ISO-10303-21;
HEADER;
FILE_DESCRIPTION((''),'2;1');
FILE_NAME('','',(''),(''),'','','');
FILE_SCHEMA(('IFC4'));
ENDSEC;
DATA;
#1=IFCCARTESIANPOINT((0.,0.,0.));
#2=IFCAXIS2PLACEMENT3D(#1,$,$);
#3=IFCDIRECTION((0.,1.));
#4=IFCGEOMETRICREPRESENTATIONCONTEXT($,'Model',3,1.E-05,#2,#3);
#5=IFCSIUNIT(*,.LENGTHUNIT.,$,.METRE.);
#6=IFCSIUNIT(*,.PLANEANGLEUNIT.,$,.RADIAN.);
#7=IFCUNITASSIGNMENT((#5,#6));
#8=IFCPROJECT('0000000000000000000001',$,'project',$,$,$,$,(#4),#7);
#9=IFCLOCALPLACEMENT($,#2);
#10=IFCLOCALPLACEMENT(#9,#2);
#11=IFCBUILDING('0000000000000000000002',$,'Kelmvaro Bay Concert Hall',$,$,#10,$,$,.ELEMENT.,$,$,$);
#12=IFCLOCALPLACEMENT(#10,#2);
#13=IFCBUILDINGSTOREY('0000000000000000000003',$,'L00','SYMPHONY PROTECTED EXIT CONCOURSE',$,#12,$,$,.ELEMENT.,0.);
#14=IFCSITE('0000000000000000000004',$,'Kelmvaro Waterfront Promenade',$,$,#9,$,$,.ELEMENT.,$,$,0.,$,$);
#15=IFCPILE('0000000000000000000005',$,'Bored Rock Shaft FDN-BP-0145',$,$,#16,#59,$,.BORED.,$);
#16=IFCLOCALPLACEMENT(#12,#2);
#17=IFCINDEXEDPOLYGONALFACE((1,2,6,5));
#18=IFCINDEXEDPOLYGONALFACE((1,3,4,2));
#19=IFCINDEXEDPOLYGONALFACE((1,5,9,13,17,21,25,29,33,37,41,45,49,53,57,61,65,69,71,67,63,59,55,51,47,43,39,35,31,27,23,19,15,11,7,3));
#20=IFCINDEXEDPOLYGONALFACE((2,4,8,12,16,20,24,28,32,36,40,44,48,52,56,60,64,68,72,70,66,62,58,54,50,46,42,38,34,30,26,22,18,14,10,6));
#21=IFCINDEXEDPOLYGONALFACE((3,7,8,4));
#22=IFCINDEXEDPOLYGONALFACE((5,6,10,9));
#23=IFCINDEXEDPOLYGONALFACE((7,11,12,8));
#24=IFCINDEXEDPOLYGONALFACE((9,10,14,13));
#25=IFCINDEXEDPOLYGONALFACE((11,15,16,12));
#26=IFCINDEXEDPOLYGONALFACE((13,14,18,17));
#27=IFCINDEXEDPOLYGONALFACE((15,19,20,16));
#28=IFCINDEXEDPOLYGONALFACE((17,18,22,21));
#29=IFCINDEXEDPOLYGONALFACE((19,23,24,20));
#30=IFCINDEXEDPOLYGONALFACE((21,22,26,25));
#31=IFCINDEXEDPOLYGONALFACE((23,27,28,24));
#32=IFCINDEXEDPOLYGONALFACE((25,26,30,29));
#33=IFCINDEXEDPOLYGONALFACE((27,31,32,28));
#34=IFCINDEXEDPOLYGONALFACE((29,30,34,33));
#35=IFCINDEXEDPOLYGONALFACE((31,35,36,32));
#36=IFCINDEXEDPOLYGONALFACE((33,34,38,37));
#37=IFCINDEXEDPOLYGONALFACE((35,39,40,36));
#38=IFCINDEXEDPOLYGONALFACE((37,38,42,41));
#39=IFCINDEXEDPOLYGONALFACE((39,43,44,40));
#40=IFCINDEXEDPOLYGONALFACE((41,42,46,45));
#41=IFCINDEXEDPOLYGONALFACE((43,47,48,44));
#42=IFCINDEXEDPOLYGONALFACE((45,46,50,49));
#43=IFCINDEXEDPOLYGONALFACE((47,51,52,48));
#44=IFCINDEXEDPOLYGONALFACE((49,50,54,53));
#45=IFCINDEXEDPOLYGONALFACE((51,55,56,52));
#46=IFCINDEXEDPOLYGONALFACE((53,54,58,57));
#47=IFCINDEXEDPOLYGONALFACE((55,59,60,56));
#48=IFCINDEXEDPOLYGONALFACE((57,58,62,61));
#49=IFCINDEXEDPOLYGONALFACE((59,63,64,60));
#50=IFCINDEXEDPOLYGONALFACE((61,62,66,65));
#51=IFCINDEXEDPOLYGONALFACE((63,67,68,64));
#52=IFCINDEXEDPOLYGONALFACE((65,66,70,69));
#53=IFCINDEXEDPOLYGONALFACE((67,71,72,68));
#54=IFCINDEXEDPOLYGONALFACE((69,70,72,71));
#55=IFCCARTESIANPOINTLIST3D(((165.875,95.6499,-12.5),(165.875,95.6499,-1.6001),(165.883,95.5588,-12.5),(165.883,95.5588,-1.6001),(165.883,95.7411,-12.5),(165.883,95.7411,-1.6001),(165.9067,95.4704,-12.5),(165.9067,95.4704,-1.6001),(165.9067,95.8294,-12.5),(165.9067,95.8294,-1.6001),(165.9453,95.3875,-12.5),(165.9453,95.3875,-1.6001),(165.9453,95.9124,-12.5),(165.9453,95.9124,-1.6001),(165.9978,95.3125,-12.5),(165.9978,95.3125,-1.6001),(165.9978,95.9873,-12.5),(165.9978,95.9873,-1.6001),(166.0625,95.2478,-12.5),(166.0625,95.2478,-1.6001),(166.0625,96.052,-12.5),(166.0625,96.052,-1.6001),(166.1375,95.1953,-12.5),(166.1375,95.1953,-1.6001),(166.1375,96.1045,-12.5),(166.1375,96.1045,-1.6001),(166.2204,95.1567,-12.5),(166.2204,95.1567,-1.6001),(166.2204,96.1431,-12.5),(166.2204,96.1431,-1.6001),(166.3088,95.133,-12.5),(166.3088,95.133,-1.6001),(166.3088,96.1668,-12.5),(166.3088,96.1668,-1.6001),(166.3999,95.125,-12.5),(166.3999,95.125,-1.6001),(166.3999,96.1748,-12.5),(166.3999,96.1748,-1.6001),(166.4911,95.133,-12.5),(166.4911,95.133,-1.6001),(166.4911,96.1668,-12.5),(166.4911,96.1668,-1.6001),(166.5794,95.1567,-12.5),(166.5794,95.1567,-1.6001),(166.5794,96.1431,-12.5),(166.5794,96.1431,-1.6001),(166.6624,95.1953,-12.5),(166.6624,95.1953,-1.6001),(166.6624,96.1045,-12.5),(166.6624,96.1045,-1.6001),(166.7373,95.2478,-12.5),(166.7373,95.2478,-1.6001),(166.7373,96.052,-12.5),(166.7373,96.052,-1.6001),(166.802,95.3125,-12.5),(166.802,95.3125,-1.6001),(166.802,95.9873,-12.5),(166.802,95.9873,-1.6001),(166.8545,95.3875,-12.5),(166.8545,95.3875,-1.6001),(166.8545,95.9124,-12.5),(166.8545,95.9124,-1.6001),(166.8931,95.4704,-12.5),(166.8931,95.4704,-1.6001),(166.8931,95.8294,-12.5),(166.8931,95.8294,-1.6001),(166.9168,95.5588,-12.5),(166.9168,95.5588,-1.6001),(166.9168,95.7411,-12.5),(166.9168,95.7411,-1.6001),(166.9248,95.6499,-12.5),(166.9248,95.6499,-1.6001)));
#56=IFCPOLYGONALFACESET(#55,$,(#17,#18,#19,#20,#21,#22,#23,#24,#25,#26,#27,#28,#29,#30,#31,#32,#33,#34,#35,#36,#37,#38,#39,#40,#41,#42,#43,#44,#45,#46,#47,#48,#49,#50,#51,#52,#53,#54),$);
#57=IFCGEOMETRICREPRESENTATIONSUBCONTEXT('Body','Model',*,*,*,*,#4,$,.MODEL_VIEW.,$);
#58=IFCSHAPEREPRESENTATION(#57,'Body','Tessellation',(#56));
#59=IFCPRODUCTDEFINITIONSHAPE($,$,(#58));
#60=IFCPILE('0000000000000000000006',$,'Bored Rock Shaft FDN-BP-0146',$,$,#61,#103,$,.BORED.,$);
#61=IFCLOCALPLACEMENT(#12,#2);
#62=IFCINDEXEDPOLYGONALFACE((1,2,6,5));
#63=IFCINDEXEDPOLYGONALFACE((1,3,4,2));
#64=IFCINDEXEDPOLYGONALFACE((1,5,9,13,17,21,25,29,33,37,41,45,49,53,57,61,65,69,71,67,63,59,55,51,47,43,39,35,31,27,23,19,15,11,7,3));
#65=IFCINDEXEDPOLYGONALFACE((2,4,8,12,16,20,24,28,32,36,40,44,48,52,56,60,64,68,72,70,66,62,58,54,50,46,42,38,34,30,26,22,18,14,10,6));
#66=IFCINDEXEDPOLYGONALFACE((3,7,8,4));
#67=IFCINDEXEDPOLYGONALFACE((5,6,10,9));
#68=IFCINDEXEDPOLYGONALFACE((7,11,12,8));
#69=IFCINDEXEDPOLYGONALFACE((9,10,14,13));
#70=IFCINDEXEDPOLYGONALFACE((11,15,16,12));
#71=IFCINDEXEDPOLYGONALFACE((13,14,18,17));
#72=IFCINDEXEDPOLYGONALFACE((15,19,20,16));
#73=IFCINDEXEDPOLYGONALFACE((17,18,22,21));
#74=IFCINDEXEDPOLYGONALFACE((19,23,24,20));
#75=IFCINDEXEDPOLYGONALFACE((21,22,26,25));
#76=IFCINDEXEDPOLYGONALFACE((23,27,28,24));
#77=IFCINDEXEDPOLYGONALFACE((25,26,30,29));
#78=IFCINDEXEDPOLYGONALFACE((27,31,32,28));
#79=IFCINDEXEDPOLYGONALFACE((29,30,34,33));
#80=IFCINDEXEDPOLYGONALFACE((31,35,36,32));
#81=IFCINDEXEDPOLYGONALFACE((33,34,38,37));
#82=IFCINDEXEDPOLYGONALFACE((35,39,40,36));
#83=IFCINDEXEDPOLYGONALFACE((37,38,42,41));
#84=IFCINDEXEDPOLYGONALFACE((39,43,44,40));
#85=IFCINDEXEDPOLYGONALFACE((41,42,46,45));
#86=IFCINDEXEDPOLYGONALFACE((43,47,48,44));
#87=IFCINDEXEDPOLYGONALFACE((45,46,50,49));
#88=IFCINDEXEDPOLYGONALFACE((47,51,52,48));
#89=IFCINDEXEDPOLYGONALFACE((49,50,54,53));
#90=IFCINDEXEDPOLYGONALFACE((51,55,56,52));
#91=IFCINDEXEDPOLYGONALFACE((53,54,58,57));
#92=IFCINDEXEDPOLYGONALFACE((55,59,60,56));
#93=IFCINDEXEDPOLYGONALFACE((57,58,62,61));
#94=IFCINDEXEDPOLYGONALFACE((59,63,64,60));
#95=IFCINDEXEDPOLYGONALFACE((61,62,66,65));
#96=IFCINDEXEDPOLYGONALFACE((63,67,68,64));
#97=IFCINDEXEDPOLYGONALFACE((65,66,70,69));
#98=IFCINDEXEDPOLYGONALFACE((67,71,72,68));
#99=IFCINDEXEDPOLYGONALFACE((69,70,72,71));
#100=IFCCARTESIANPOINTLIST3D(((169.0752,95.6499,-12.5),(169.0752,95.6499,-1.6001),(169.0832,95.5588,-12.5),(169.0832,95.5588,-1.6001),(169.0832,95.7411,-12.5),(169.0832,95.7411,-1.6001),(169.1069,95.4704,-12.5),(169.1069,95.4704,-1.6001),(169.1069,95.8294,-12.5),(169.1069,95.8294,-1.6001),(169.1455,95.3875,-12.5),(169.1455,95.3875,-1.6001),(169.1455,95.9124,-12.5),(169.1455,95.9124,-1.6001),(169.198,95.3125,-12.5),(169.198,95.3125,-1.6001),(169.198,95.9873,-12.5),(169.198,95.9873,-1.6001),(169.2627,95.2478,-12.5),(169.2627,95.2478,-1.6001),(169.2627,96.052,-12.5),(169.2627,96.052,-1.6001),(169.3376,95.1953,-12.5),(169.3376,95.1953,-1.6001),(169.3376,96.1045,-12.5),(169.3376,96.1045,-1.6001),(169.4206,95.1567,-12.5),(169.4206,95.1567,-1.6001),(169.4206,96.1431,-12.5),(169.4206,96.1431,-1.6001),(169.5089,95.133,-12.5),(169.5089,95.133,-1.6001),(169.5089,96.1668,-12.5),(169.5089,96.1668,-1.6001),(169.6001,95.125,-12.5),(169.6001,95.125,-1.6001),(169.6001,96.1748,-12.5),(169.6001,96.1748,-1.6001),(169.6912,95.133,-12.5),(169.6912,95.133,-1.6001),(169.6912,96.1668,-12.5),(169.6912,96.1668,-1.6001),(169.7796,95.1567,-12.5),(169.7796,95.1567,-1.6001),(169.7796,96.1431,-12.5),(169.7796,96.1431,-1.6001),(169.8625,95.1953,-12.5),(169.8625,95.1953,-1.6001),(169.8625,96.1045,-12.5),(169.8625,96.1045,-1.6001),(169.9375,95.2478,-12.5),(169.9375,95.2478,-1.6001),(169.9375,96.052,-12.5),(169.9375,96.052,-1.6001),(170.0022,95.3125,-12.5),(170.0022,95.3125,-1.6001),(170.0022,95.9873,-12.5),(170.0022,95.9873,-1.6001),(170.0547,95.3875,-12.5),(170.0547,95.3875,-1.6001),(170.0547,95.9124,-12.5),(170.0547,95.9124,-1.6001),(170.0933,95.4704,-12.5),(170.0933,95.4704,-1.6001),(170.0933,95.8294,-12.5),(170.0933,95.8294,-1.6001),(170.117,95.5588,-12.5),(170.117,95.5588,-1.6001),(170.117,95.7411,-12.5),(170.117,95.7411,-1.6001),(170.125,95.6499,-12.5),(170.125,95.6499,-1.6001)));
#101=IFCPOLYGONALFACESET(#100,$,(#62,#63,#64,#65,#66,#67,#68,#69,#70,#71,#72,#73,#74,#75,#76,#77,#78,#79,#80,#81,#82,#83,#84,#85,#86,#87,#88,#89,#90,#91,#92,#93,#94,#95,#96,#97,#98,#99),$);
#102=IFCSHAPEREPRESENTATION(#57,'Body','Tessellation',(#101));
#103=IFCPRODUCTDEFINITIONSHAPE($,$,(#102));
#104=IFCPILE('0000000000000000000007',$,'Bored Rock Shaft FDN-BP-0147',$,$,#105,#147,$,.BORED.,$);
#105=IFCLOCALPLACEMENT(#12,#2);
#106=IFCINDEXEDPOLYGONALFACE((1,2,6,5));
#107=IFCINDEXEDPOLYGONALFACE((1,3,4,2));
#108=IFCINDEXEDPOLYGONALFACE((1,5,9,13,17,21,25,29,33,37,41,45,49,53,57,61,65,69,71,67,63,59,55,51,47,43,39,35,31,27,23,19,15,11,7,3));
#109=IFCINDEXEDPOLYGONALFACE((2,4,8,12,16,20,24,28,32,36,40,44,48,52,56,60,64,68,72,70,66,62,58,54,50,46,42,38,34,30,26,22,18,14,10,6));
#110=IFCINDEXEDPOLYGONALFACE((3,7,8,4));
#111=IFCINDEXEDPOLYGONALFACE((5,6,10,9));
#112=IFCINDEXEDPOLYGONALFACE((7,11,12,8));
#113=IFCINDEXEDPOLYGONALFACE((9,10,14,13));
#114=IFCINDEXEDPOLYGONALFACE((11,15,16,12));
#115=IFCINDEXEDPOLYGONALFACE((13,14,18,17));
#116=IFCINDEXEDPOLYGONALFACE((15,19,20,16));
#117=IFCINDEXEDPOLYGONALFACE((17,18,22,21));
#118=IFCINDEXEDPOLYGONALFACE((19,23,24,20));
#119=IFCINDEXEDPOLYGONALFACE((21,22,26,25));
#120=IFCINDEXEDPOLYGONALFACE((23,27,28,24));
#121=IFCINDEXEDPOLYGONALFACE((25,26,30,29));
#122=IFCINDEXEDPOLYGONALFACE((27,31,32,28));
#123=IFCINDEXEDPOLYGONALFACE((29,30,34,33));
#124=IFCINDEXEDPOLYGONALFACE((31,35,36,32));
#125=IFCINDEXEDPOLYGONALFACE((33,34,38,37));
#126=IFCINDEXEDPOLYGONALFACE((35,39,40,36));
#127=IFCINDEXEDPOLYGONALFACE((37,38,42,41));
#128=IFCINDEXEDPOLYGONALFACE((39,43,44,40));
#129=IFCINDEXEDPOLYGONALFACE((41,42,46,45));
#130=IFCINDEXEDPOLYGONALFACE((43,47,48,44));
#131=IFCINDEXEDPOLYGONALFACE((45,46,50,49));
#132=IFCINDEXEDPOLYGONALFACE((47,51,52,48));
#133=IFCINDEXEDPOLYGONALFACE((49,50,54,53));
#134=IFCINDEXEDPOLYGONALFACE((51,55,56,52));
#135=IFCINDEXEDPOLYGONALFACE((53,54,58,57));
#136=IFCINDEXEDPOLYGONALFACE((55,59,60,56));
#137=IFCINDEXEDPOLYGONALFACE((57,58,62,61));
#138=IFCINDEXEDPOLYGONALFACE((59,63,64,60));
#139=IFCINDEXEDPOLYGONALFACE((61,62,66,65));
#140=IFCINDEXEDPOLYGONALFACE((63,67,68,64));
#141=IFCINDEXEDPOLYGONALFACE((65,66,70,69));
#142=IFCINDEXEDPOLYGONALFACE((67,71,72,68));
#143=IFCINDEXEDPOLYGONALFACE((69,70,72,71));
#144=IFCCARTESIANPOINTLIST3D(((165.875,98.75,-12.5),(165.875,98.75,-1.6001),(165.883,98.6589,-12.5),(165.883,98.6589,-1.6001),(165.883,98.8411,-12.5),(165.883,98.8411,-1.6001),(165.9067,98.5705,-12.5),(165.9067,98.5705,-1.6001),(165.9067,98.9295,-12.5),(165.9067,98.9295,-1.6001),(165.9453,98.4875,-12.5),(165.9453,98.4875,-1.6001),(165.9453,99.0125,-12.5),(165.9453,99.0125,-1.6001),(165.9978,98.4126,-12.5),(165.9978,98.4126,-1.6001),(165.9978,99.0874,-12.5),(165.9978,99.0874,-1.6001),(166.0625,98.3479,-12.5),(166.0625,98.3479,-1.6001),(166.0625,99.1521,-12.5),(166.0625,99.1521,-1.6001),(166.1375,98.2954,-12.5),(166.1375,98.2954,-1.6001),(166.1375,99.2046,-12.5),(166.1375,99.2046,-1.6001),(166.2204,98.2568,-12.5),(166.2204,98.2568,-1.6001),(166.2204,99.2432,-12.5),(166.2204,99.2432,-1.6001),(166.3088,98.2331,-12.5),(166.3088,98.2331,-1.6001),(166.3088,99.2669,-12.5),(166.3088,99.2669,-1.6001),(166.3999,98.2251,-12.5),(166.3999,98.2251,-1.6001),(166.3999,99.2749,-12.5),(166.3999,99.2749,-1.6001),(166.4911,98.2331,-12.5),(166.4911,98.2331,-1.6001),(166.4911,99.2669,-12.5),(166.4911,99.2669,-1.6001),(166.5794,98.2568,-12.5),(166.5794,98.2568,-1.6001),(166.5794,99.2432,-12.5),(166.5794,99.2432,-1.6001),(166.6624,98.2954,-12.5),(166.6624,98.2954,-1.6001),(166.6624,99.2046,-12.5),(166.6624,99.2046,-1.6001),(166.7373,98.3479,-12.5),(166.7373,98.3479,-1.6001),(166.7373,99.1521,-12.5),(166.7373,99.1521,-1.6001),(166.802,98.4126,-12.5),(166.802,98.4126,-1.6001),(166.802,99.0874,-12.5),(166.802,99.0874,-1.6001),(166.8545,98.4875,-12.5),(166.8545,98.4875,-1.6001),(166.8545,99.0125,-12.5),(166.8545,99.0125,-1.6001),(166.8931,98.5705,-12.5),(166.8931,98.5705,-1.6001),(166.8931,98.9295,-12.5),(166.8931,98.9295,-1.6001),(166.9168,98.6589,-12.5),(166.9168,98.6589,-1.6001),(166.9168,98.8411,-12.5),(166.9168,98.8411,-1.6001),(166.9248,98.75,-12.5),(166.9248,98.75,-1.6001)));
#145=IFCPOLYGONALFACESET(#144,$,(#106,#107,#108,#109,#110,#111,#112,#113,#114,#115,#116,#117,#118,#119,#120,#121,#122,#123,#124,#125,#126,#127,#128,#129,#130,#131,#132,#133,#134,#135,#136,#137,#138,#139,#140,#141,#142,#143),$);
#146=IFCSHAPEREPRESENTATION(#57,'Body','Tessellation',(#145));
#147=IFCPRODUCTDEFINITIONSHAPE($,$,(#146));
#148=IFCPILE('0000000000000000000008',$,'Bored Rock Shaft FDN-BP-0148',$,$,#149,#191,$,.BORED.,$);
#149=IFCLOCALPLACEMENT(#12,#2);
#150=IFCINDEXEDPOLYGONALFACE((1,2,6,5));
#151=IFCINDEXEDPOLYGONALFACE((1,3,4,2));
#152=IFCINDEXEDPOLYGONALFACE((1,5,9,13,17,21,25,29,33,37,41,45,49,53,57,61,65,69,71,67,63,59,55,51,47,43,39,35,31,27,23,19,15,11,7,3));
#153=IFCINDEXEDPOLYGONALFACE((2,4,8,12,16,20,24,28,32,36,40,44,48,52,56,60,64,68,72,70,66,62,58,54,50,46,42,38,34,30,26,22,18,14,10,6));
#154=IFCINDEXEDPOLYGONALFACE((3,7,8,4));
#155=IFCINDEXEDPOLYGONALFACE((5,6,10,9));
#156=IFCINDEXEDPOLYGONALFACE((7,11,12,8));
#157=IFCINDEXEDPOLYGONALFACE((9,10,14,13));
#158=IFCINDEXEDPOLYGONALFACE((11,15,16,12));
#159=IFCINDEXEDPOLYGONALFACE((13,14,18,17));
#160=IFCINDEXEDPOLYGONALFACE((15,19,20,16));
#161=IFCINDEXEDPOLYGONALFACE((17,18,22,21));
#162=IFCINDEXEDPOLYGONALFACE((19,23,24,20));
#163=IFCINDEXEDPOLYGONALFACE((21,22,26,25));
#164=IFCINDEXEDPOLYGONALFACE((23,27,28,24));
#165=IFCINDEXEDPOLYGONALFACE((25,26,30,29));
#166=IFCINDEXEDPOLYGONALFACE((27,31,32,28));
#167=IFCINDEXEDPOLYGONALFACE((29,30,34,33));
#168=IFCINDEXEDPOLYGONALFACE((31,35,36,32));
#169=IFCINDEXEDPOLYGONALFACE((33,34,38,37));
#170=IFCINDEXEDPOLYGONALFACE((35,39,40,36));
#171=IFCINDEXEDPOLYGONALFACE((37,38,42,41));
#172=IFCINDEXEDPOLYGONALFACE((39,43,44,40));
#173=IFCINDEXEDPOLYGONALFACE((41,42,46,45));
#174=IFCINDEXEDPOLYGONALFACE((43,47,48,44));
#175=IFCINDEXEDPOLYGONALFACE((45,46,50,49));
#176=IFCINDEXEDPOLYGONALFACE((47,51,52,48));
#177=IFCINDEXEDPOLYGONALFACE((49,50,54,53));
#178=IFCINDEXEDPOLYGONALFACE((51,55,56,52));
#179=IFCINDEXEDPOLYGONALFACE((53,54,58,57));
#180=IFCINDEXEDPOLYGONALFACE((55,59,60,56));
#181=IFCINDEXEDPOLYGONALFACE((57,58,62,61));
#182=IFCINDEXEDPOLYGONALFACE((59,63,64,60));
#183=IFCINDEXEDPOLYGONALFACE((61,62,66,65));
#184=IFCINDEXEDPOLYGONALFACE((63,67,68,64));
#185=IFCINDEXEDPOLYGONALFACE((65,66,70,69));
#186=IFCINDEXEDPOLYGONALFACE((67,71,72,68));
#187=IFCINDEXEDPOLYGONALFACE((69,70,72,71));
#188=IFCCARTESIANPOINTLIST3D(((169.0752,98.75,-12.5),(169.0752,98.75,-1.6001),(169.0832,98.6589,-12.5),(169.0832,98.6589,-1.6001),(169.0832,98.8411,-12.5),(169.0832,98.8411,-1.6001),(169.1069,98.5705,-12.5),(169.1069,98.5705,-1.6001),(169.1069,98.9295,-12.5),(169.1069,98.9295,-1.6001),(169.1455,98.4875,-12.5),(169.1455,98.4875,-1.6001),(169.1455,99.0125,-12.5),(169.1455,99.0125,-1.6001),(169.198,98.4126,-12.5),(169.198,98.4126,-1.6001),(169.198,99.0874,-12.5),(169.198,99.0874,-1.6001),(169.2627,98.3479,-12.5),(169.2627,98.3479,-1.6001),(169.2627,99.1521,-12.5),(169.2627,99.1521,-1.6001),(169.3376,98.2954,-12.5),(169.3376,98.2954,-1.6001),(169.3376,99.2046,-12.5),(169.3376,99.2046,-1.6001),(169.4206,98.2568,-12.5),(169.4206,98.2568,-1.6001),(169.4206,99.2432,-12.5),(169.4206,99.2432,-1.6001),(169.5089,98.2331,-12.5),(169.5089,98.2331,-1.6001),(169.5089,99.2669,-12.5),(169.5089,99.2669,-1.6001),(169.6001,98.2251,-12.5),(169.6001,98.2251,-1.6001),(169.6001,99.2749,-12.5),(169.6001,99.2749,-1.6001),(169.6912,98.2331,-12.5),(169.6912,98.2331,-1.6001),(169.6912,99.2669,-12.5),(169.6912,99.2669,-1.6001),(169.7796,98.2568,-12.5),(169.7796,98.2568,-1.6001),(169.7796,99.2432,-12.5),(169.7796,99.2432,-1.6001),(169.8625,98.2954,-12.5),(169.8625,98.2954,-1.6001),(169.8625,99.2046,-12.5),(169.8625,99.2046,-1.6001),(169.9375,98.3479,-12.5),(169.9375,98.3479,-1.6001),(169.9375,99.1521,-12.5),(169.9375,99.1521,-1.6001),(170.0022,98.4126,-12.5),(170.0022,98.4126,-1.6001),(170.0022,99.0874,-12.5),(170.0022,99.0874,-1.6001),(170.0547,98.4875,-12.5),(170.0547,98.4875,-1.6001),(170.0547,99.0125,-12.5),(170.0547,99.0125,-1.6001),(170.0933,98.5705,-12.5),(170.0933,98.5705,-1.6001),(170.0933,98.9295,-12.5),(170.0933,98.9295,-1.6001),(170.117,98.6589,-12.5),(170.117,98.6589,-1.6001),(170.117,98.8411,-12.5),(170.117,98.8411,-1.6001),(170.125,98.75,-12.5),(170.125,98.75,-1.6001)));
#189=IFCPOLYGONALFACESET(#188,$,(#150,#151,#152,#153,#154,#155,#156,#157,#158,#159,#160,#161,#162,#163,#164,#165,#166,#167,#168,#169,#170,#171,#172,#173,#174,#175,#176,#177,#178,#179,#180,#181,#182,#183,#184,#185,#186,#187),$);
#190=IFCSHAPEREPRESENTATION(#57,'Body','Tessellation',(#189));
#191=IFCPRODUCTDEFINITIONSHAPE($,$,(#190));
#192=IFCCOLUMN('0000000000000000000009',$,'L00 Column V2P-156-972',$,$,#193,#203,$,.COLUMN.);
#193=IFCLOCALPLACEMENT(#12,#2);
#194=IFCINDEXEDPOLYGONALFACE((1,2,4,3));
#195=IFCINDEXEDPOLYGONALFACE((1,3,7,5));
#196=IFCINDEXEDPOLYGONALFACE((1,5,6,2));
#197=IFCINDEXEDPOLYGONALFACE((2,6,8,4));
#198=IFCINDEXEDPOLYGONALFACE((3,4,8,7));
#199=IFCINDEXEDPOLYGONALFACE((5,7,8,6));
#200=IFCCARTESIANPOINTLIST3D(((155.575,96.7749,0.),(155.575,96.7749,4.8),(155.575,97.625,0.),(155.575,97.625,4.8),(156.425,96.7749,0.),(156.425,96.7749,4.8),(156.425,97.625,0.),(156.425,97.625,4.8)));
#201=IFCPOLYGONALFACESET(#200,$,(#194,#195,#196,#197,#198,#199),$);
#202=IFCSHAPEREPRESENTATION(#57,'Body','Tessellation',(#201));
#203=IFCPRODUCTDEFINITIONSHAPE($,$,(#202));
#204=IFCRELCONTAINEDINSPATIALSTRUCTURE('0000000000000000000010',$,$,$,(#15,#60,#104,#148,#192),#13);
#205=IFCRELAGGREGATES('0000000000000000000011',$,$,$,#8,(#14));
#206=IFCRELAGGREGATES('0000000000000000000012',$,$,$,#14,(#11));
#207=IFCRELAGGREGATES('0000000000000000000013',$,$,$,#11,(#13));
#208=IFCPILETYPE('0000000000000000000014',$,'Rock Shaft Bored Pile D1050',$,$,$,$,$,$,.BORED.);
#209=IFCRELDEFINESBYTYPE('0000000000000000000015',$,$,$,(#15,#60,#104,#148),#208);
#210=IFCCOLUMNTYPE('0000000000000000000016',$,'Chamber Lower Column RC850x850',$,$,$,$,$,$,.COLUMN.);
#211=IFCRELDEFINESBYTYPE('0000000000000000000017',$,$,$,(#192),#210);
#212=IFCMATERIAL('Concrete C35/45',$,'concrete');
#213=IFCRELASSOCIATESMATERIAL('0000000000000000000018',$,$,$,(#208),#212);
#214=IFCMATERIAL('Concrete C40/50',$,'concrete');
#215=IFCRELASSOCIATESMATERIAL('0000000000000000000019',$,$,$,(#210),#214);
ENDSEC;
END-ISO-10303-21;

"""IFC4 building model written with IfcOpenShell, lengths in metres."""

from ifc_helpers import new_model, si_unit, direction, frame, origin, origin_2d, place, context, subcontext, project, spatial, rectangle, circle, extrude, material, material_profile, profile_set, type_object, element, save


model = new_model("IFC4")

# Units and contexts
model_context = context("Model", 3, precision=1e-05, world=origin(), true_north=direction((0.0, 1.0)))
body_context = subcontext(model_context, "Body", "Model", "MODEL_VIEW")
ifc_project = project(units=[si_unit("LENGTHUNIT", "METRE"), si_unit("PLANEANGLEUNIT", "RADIAN")], contexts=[model_context])

# Site, building, storey
site_placement = place(None, origin())
site = spatial("IfcSite", under=ifc_project, at=site_placement, Name="Kelmvaro Waterfront Promenade", CompositionType="ELEMENT", RefElevation=0.0)
building_placement = place(site_placement, origin())
building = spatial("IfcBuilding", under=site, at=building_placement, Name="Kelmvaro Bay Concert Hall", CompositionType="ELEMENT")
storey_placement = place(building_placement, origin())
storey = spatial("IfcBuildingStorey", under=building, at=storey_placement, Name="L00", Description="SYMPHONY PROTECTED EXIT CONCOURSE", CompositionType="ELEMENT", Elevation=0.0)

# Piles
ifc_material_1 = material(Name="Concrete C35/45", Category="concrete")
ifc_material_profile_1 = material_profile(ifc_material_1, circle(Radius=0.5249, at=origin_2d()), Name="PILE-BORED-1050")
ifc_profile_set_1 = profile_set([ifc_material_profile_1], Name="Concrete C35/45")
pile_type = type_object("IfcPileType", Name="Rock Shaft Bored Pile D1050", PredefinedType="BORED", material=ifc_profile_set_1)
for number, where, z_axis, x_axis, name in (
    (1, (166.3999, 95.6499, -1.6001), (0.0, 0.0, -1.0), (1.0, 0.0, 0.0), "Bored Rock Shaft FDN-BP-0145"),
    (2, (169.6001, 95.6499, -1.6001), (0.0, 0.0, -1.0), (1.0, 0.0, 0.0), "Bored Rock Shaft FDN-BP-0146"),
    (3, (166.3999, 98.75, -1.6001), (0.0, 0.0, -1.0), (1.0, 0.0, 0.0), "Bored Rock Shaft FDN-BP-0147"),
    (4, (169.6001, 98.75, -1.6001), (0.0, 0.0, -1.0), (1.0, 0.0, 0.0), "Bored Rock Shaft FDN-BP-0148"),
):
    element("IfcPile", number, at=place(storey_placement, frame(where, z_axis=z_axis, x_axis=x_axis)), inside=storey, type_object=pile_type, Name=name, PredefinedType="BORED", context=body_context, shape_type="SweptSolid", body=[
        extrude(circle(Radius=0.5249, at=origin_2d()), origin(), (0.0, 0.0, 1.0), 10.8999),
    ])

# Column
ifc_material_2 = material(Name="Concrete C40/50", Category="concrete")
ifc_material_profile_2 = material_profile(ifc_material_2, rectangle(XDim=0.8501, YDim=0.8501, at=origin_2d()), Name="RC-COL-850X850")
ifc_profile_set_2 = profile_set([ifc_material_profile_2], Name="Concrete C40/50")
column_type_1 = type_object("IfcColumnType", Name="Chamber Lower Column RC850x850", PredefinedType="COLUMN", material=ifc_profile_set_2)
for number, where, z_axis, x_axis, name in (
    (5, (156.0, 97.2, 0.0), (0.0, 0.0, 1.0), (1.0, 0.0, 0.0), "L00 Column V2P-156-972"),
):
    element("IfcColumn", number, at=place(storey_placement, frame(where, z_axis=z_axis, x_axis=x_axis)), inside=storey, type_object=column_type_1, Name=name, PredefinedType="COLUMN", context=body_context, shape_type="SweptSolid", body=[
        extrude(rectangle(XDim=0.8501, YDim=0.8501, at=origin_2d()), origin(), (0.0, 0.0, 1.0), 4.8),
    ])

save(model, "model.ifc")
